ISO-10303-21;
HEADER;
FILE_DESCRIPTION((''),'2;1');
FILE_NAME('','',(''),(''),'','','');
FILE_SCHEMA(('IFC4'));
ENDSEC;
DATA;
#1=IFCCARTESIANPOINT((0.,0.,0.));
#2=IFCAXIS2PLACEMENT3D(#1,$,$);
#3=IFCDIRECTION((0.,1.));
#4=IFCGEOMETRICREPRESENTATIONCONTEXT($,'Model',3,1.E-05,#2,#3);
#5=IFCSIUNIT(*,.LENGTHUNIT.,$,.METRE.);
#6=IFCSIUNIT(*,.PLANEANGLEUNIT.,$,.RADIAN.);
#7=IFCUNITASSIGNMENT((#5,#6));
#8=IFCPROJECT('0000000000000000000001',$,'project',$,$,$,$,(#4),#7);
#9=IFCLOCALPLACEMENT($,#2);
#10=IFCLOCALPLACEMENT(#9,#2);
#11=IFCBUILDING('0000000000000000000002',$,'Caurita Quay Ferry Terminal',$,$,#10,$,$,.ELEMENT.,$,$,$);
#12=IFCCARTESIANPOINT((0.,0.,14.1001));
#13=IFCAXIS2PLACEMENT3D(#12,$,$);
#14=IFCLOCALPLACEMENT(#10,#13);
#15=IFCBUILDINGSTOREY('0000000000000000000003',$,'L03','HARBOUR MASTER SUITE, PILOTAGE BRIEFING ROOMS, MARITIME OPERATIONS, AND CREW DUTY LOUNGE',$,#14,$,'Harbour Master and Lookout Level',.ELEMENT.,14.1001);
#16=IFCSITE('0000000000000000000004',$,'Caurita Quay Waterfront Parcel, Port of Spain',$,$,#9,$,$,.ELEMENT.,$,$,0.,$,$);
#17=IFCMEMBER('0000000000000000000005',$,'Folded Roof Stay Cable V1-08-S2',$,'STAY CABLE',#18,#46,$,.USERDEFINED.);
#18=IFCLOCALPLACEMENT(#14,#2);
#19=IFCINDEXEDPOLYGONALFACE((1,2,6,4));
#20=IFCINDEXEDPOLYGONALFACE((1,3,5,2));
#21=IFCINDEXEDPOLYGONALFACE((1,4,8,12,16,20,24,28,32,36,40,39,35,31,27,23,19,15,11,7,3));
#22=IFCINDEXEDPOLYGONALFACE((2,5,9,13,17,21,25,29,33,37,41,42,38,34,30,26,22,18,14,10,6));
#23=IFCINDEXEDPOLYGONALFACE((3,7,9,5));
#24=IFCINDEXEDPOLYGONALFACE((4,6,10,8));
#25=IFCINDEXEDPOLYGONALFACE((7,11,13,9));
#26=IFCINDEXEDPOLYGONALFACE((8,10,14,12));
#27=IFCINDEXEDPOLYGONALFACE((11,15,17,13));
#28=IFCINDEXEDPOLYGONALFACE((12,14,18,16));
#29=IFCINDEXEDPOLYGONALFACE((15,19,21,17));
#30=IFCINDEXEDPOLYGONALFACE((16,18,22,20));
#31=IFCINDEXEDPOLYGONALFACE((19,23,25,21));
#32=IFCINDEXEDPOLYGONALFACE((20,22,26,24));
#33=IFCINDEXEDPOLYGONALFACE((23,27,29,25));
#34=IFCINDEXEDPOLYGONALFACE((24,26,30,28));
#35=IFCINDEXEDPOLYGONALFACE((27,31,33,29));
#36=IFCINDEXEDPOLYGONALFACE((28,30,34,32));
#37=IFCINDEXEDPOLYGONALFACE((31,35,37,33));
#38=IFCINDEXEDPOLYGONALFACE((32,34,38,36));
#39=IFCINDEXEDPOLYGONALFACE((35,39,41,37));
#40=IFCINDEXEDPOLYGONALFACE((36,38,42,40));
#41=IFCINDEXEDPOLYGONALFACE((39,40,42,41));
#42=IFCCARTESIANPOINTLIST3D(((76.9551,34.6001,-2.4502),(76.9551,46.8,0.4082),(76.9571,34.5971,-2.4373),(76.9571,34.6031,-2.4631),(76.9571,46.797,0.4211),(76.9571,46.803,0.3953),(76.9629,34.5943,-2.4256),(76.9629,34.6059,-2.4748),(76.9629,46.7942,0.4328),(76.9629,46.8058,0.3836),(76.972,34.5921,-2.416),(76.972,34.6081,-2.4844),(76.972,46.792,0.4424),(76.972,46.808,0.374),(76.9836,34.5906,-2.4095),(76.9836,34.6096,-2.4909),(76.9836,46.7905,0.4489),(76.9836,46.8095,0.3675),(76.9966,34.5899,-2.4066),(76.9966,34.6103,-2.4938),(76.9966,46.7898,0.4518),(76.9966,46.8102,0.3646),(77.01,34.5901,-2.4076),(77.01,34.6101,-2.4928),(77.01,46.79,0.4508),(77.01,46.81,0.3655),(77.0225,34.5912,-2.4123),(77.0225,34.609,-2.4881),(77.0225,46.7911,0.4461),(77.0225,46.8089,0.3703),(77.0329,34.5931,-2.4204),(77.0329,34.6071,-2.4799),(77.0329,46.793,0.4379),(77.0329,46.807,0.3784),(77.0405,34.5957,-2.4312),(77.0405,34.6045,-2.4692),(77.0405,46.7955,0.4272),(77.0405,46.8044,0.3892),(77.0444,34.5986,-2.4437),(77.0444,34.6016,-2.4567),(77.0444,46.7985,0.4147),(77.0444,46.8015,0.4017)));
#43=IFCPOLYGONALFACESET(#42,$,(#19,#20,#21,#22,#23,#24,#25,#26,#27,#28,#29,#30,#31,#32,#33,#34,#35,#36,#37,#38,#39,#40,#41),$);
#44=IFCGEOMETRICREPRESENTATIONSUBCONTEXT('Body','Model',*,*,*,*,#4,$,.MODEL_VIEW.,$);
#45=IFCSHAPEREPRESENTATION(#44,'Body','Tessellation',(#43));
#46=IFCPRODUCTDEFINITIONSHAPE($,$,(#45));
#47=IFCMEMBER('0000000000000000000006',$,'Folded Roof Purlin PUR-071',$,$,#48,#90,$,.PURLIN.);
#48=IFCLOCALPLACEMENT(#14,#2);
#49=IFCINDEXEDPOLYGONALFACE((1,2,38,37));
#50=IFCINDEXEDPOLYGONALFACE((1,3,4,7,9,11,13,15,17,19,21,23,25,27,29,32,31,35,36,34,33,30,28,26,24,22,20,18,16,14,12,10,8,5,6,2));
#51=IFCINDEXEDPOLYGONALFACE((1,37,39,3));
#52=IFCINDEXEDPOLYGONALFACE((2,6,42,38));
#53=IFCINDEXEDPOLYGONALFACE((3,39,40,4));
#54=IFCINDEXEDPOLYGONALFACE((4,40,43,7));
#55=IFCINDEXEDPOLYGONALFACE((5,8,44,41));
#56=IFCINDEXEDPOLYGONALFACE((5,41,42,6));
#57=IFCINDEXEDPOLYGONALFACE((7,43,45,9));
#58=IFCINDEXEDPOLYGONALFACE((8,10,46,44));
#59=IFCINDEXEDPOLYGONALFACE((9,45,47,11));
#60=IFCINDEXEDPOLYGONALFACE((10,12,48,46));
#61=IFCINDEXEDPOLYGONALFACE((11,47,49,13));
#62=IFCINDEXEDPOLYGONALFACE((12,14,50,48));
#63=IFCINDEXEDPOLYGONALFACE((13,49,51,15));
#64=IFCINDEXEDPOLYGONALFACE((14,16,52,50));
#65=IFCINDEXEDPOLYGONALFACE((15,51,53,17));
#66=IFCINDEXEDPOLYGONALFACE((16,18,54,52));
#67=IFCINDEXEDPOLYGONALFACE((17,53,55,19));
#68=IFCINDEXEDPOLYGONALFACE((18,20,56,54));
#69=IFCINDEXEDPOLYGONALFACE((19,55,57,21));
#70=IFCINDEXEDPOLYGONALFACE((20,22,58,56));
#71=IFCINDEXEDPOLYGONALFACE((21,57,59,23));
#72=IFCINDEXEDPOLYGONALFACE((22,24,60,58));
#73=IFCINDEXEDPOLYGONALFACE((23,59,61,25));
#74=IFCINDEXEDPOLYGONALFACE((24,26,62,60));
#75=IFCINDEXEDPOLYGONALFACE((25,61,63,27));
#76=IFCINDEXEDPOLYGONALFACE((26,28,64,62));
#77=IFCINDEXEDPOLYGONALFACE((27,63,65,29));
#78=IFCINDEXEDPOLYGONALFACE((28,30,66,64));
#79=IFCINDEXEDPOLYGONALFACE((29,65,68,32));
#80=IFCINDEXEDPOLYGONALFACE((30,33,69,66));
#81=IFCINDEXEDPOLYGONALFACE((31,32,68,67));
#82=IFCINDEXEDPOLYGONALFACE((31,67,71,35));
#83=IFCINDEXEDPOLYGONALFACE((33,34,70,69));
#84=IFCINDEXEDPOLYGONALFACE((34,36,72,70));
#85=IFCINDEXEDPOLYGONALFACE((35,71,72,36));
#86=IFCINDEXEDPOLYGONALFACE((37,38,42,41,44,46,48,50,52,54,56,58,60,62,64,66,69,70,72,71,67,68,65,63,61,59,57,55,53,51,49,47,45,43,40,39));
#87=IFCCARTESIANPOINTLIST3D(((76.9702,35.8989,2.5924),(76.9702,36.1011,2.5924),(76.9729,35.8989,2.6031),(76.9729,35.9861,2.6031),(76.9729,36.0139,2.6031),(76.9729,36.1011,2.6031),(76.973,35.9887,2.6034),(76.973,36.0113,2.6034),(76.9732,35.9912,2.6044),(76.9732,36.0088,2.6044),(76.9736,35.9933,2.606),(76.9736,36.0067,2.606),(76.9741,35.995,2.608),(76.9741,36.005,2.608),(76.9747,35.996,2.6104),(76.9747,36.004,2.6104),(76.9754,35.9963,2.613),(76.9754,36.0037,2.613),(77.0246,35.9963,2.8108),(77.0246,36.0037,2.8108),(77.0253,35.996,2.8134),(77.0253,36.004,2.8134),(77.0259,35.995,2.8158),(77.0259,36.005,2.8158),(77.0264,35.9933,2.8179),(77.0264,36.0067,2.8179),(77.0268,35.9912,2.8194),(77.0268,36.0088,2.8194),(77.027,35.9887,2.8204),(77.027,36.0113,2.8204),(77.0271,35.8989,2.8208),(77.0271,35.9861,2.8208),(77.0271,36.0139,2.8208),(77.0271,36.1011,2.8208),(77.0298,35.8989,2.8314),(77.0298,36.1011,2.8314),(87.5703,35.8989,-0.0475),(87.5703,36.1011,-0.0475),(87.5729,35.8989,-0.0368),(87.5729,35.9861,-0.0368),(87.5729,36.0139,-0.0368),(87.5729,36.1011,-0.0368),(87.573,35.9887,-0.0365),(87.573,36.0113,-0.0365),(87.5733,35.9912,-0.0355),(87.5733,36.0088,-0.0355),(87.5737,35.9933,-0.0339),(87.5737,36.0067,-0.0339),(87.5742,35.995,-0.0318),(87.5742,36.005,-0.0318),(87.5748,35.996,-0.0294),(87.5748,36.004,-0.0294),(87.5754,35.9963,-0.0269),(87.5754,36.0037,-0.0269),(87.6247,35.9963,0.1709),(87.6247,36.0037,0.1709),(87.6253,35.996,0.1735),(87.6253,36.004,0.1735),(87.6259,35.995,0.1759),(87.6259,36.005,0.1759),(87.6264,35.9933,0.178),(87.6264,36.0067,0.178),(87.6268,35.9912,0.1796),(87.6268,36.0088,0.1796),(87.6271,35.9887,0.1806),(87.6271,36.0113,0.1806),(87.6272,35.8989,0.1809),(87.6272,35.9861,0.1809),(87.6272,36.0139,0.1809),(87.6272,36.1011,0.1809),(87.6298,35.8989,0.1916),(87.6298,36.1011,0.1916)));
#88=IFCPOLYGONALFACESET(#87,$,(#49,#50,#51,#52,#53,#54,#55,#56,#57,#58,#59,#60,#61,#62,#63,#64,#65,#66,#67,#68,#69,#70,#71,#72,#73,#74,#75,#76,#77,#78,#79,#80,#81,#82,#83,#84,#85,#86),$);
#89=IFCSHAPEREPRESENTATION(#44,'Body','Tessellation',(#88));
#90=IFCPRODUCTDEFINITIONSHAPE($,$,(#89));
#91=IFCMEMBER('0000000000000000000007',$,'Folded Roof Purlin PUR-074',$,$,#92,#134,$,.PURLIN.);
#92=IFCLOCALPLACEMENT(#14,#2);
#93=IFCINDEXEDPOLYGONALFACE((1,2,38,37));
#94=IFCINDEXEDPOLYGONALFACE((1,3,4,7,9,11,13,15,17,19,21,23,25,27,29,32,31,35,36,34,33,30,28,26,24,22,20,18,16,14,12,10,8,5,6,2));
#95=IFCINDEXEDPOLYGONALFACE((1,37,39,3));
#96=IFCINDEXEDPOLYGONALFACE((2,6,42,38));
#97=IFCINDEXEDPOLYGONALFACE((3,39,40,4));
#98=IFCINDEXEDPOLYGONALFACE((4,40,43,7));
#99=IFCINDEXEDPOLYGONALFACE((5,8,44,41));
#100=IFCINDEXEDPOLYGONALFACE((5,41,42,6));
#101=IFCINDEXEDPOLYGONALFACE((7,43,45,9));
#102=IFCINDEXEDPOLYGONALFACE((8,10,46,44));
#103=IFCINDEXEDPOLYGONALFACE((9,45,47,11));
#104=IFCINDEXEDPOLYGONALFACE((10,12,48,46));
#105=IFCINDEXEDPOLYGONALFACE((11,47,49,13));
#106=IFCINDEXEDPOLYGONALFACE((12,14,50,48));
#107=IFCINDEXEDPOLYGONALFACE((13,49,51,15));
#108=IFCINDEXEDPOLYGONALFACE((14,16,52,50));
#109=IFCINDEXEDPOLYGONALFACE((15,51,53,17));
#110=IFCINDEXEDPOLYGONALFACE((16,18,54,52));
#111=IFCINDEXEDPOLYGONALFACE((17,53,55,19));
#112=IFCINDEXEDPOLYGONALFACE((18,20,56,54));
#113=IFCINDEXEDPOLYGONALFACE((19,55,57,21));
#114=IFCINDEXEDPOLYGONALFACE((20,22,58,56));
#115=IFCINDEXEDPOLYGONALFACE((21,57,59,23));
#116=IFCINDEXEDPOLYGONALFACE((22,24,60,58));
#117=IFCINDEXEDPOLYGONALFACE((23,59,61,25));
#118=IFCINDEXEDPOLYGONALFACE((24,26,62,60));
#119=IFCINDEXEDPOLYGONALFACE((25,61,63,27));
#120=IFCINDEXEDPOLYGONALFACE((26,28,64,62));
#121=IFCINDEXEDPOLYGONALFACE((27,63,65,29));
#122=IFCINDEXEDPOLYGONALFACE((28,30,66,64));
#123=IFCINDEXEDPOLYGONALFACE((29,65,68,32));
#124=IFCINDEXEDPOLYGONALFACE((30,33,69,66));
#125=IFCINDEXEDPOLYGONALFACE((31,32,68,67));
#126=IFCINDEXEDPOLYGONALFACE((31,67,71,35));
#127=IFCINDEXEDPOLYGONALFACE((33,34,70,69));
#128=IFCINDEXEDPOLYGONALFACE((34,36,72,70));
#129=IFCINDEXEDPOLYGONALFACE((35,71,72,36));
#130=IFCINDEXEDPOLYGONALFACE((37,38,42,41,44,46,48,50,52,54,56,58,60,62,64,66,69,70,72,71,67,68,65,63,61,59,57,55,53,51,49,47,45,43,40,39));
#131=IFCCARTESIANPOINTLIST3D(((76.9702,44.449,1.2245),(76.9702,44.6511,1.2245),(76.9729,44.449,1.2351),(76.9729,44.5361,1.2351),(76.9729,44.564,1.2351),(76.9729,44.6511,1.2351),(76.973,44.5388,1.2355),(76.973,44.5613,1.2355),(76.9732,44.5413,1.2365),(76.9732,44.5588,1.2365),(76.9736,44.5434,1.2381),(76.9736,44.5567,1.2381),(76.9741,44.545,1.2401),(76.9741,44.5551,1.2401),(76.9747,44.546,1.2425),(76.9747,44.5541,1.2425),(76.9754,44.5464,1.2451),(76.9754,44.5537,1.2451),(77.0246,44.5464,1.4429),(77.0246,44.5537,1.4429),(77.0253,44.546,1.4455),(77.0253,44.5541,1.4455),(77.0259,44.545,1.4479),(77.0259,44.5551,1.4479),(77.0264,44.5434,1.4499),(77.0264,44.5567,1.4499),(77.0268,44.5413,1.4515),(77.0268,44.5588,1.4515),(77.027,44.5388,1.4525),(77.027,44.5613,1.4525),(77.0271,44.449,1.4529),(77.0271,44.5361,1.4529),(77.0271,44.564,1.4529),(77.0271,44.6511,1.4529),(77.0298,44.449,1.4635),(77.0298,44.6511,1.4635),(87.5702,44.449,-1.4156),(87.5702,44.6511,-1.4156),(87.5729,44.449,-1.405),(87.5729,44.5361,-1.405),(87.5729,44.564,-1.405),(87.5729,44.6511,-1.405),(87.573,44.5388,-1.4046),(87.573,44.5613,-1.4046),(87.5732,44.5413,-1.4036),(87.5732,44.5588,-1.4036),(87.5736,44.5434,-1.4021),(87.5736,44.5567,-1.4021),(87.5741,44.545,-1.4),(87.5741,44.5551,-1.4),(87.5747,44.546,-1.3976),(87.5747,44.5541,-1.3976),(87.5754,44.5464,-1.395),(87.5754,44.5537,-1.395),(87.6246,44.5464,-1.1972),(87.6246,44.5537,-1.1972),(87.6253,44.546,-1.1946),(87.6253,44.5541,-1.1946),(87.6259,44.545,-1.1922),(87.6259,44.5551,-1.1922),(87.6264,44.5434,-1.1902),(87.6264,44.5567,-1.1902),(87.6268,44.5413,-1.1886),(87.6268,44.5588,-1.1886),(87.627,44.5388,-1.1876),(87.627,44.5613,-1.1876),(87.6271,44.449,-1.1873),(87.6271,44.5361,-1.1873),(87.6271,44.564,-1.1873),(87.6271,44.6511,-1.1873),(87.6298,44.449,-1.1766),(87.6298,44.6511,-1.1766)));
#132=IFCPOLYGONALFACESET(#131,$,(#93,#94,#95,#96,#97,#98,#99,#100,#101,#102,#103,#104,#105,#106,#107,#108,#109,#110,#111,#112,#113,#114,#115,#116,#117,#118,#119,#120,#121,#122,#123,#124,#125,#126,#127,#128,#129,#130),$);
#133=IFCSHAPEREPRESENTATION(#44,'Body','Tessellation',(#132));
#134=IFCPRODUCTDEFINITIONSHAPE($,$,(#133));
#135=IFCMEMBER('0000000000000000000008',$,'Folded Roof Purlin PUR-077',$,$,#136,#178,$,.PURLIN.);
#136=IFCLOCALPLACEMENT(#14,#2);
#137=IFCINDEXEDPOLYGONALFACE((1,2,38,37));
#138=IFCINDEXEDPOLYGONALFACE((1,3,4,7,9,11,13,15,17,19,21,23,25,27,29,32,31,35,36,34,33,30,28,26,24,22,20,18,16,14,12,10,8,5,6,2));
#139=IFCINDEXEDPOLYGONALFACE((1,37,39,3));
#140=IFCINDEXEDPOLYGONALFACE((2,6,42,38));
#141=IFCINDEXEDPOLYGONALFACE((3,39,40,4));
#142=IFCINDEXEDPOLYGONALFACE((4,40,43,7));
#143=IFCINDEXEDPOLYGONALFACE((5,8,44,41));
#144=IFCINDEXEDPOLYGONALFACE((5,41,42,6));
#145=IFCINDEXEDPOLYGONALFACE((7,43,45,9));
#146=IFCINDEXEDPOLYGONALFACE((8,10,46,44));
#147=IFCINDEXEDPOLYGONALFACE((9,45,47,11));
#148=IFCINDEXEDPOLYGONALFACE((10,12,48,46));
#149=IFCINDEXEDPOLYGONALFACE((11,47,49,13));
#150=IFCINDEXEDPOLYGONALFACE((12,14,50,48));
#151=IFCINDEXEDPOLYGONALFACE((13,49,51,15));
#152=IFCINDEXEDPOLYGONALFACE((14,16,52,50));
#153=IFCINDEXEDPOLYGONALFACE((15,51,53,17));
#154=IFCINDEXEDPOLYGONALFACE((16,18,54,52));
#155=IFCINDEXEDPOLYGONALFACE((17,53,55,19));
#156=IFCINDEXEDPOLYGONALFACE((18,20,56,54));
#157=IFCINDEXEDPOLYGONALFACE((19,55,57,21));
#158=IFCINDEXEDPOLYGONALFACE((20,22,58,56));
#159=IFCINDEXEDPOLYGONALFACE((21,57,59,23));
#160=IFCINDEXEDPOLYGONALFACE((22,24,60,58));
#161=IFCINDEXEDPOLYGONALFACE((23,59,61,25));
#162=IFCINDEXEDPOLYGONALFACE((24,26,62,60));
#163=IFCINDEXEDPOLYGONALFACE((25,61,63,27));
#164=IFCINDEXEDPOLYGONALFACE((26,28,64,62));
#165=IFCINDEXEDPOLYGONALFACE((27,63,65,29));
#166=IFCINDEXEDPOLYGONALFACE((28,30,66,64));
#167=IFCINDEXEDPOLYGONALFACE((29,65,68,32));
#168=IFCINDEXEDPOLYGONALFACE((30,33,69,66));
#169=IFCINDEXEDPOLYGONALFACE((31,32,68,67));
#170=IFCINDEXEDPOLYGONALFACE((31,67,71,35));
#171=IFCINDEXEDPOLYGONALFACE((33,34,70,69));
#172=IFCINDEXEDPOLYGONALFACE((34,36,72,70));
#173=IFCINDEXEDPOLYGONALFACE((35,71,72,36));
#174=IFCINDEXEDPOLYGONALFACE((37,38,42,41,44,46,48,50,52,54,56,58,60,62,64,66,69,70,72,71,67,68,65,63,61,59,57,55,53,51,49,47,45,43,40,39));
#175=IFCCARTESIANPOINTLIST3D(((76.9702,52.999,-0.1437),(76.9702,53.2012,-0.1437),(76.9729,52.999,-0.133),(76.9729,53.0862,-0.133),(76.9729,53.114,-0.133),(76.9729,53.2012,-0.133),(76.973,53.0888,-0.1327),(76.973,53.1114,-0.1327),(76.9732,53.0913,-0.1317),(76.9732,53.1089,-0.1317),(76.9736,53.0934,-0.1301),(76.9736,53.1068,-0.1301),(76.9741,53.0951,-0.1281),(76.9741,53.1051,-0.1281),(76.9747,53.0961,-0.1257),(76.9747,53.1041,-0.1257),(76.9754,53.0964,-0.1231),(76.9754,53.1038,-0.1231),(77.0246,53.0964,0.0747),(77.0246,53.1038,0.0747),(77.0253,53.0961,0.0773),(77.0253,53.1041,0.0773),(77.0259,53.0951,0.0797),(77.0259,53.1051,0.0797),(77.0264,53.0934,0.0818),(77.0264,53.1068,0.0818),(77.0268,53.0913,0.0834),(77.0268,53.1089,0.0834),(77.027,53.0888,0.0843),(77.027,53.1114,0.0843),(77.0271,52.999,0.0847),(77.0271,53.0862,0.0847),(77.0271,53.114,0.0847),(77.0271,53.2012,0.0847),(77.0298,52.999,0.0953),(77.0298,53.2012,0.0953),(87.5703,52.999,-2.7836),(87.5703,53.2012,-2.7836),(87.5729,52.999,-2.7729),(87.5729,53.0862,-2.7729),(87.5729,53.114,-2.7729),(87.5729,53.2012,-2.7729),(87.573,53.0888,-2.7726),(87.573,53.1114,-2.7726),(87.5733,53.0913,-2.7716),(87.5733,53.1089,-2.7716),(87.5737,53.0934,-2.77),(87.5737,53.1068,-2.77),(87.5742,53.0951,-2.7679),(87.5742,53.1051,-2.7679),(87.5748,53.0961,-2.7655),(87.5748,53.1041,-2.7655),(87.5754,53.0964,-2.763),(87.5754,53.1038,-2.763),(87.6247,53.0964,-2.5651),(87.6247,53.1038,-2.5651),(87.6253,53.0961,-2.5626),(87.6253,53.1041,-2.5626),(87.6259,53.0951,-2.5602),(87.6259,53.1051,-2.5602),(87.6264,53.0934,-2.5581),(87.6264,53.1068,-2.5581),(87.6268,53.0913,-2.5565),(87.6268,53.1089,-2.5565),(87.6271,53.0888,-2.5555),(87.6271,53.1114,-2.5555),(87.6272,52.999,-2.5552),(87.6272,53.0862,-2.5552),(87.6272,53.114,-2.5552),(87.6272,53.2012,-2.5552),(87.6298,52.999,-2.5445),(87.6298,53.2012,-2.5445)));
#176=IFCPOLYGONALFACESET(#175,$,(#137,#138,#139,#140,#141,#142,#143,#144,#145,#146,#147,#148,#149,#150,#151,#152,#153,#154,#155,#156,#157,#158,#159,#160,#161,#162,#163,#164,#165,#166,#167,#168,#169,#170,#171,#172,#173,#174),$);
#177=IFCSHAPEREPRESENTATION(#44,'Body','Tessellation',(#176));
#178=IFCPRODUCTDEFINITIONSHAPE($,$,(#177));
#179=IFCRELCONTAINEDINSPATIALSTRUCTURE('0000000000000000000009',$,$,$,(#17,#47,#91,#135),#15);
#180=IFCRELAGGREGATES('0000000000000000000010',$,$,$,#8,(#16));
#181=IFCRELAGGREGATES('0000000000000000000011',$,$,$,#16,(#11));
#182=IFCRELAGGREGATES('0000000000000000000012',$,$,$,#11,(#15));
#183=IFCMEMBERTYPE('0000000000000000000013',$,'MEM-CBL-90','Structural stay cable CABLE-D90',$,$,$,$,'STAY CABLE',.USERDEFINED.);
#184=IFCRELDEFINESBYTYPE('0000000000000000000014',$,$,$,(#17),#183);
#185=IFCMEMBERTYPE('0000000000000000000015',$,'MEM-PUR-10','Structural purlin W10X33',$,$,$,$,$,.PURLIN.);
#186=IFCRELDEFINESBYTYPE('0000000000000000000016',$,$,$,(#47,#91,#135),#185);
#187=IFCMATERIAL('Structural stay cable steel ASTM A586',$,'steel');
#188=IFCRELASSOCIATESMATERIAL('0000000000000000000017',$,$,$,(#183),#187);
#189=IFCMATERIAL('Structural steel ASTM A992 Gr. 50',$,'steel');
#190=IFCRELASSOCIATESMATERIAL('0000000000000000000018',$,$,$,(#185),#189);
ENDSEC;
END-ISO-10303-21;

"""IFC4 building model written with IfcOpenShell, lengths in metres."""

from ifc_helpers import new_model, si_unit, direction, frame, origin, origin_2d, place, context, subcontext, project, spatial, circle, i_section, extrude, material, material_profile, profile_set, type_object, element, save


model = new_model("IFC4")

# Units and contexts
model_context = context("Model", 3, precision=1e-05, world=origin(), true_north=direction((0.0, 1.0)))
body_context = subcontext(model_context, "Body", "Model", "MODEL_VIEW")
ifc_project = project(units=[si_unit("LENGTHUNIT", "METRE"), si_unit("PLANEANGLEUNIT", "RADIAN")], contexts=[model_context])

# Site, building, storey
site_placement = place(None, origin())
site = spatial("IfcSite", under=ifc_project, at=site_placement, Name="Caurita Quay Waterfront Parcel, Port of Spain", CompositionType="ELEMENT", RefElevation=0.0)
building_placement = place(site_placement, origin())
building = spatial("IfcBuilding", under=site, at=building_placement, Name="Caurita Quay Ferry Terminal", CompositionType="ELEMENT")
storey_placement = place(building_placement, frame((0.0, 0.0, 14.1001)))
storey = spatial("IfcBuildingStorey", under=building, at=storey_placement, Name="L03", Description="HARBOUR MASTER SUITE, PILOTAGE BRIEFING ROOMS, MARITIME OPERATIONS, AND CREW DUTY LOUNGE", LongName="Harbour Master and Lookout Level", CompositionType="ELEMENT", Elevation=14.1001)

# Shared definitions
ifc_material_1 = material(Name="Structural steel ASTM A992 Gr. 50", Category="steel")

# Members
ifc_material_2 = material(Name="Structural stay cable steel ASTM A586", Category="steel")
ifc_material_profile_1 = material_profile(ifc_material_2, circle(Radius=0.0449, at=origin_2d()), Name="CABLE-D90")
ifc_profile_set_1 = profile_set([ifc_material_profile_1], Name="Structural stay cable steel ASTM A586")
member_type_1 = type_object("IfcMemberType", Name="MEM-CBL-90", Description="Structural stay cable CABLE-D90", ElementType="STAY CABLE", PredefinedType="USERDEFINED", material=ifc_profile_set_1)
member_1_placement = place(storey_placement, frame((77.0, 34.6001, -2.4502), z_axis=(0.0, 0.973633, 0.228118), x_axis=(-1.0, 0.0, 0.0)))
element("IfcMember", 1, at=member_1_placement, inside=storey, type_object=member_type_1, Name="Folded Roof Stay Cable V1-08-S2", ObjectType="STAY CABLE", PredefinedType="USERDEFINED", context=body_context, shape_type="SweptSolid", body=[
    extrude(circle(Radius=0.0449, at=origin_2d()), origin(), (0.0, 0.0, 1.0), 12.5303),
])
ifc_material_profile_2 = material_profile(ifc_material_1, i_section(OverallWidth=0.2021, OverallDepth=0.2463, WebThickness=0.0073, FlangeThickness=0.011, FilletRadius=0.0103, at=origin_2d()), Name="W10X33")
ifc_profile_set_2 = profile_set([ifc_material_profile_2], Name="Structural steel ASTM A992 Gr. 50")
member_type_2 = type_object("IfcMemberType", Name="MEM-PUR-10", Description="Structural purlin W10X33", PredefinedType="PURLIN", material=ifc_profile_set_2)
for number, where, z_axis, x_axis, name in (
    (2, (77.0, 36.0, 2.7119), (0.97036, 0.0, -0.241663), (0.0, 1.0, 0.0), "Folded Roof Purlin PUR-071"),
    (3, (77.0, 44.55, 1.344), (0.970355, 0.0, -0.241684), (0.0, 1.0, 0.0), "Folded Roof Purlin PUR-074"),
    (4, (77.0, 53.1001, -0.0242), (0.97036, 0.0, -0.241663), (0.0, 1.0, 0.0), "Folded Roof Purlin PUR-077"),
):
    element("IfcMember", number, at=place(storey_placement, frame(where, z_axis=z_axis, x_axis=x_axis)), inside=storey, type_object=member_type_2, Name=name, PredefinedType="PURLIN", context=body_context, shape_type="SweptSolid", body=[
        extrude(i_section(OverallWidth=0.2021, OverallDepth=0.2463, WebThickness=0.0073, FlangeThickness=0.011, FilletRadius=0.0103, at=origin_2d()), origin(), (0.0, 0.0, 1.0), 10.9238),
    ])

save(model, "model.ifc")
